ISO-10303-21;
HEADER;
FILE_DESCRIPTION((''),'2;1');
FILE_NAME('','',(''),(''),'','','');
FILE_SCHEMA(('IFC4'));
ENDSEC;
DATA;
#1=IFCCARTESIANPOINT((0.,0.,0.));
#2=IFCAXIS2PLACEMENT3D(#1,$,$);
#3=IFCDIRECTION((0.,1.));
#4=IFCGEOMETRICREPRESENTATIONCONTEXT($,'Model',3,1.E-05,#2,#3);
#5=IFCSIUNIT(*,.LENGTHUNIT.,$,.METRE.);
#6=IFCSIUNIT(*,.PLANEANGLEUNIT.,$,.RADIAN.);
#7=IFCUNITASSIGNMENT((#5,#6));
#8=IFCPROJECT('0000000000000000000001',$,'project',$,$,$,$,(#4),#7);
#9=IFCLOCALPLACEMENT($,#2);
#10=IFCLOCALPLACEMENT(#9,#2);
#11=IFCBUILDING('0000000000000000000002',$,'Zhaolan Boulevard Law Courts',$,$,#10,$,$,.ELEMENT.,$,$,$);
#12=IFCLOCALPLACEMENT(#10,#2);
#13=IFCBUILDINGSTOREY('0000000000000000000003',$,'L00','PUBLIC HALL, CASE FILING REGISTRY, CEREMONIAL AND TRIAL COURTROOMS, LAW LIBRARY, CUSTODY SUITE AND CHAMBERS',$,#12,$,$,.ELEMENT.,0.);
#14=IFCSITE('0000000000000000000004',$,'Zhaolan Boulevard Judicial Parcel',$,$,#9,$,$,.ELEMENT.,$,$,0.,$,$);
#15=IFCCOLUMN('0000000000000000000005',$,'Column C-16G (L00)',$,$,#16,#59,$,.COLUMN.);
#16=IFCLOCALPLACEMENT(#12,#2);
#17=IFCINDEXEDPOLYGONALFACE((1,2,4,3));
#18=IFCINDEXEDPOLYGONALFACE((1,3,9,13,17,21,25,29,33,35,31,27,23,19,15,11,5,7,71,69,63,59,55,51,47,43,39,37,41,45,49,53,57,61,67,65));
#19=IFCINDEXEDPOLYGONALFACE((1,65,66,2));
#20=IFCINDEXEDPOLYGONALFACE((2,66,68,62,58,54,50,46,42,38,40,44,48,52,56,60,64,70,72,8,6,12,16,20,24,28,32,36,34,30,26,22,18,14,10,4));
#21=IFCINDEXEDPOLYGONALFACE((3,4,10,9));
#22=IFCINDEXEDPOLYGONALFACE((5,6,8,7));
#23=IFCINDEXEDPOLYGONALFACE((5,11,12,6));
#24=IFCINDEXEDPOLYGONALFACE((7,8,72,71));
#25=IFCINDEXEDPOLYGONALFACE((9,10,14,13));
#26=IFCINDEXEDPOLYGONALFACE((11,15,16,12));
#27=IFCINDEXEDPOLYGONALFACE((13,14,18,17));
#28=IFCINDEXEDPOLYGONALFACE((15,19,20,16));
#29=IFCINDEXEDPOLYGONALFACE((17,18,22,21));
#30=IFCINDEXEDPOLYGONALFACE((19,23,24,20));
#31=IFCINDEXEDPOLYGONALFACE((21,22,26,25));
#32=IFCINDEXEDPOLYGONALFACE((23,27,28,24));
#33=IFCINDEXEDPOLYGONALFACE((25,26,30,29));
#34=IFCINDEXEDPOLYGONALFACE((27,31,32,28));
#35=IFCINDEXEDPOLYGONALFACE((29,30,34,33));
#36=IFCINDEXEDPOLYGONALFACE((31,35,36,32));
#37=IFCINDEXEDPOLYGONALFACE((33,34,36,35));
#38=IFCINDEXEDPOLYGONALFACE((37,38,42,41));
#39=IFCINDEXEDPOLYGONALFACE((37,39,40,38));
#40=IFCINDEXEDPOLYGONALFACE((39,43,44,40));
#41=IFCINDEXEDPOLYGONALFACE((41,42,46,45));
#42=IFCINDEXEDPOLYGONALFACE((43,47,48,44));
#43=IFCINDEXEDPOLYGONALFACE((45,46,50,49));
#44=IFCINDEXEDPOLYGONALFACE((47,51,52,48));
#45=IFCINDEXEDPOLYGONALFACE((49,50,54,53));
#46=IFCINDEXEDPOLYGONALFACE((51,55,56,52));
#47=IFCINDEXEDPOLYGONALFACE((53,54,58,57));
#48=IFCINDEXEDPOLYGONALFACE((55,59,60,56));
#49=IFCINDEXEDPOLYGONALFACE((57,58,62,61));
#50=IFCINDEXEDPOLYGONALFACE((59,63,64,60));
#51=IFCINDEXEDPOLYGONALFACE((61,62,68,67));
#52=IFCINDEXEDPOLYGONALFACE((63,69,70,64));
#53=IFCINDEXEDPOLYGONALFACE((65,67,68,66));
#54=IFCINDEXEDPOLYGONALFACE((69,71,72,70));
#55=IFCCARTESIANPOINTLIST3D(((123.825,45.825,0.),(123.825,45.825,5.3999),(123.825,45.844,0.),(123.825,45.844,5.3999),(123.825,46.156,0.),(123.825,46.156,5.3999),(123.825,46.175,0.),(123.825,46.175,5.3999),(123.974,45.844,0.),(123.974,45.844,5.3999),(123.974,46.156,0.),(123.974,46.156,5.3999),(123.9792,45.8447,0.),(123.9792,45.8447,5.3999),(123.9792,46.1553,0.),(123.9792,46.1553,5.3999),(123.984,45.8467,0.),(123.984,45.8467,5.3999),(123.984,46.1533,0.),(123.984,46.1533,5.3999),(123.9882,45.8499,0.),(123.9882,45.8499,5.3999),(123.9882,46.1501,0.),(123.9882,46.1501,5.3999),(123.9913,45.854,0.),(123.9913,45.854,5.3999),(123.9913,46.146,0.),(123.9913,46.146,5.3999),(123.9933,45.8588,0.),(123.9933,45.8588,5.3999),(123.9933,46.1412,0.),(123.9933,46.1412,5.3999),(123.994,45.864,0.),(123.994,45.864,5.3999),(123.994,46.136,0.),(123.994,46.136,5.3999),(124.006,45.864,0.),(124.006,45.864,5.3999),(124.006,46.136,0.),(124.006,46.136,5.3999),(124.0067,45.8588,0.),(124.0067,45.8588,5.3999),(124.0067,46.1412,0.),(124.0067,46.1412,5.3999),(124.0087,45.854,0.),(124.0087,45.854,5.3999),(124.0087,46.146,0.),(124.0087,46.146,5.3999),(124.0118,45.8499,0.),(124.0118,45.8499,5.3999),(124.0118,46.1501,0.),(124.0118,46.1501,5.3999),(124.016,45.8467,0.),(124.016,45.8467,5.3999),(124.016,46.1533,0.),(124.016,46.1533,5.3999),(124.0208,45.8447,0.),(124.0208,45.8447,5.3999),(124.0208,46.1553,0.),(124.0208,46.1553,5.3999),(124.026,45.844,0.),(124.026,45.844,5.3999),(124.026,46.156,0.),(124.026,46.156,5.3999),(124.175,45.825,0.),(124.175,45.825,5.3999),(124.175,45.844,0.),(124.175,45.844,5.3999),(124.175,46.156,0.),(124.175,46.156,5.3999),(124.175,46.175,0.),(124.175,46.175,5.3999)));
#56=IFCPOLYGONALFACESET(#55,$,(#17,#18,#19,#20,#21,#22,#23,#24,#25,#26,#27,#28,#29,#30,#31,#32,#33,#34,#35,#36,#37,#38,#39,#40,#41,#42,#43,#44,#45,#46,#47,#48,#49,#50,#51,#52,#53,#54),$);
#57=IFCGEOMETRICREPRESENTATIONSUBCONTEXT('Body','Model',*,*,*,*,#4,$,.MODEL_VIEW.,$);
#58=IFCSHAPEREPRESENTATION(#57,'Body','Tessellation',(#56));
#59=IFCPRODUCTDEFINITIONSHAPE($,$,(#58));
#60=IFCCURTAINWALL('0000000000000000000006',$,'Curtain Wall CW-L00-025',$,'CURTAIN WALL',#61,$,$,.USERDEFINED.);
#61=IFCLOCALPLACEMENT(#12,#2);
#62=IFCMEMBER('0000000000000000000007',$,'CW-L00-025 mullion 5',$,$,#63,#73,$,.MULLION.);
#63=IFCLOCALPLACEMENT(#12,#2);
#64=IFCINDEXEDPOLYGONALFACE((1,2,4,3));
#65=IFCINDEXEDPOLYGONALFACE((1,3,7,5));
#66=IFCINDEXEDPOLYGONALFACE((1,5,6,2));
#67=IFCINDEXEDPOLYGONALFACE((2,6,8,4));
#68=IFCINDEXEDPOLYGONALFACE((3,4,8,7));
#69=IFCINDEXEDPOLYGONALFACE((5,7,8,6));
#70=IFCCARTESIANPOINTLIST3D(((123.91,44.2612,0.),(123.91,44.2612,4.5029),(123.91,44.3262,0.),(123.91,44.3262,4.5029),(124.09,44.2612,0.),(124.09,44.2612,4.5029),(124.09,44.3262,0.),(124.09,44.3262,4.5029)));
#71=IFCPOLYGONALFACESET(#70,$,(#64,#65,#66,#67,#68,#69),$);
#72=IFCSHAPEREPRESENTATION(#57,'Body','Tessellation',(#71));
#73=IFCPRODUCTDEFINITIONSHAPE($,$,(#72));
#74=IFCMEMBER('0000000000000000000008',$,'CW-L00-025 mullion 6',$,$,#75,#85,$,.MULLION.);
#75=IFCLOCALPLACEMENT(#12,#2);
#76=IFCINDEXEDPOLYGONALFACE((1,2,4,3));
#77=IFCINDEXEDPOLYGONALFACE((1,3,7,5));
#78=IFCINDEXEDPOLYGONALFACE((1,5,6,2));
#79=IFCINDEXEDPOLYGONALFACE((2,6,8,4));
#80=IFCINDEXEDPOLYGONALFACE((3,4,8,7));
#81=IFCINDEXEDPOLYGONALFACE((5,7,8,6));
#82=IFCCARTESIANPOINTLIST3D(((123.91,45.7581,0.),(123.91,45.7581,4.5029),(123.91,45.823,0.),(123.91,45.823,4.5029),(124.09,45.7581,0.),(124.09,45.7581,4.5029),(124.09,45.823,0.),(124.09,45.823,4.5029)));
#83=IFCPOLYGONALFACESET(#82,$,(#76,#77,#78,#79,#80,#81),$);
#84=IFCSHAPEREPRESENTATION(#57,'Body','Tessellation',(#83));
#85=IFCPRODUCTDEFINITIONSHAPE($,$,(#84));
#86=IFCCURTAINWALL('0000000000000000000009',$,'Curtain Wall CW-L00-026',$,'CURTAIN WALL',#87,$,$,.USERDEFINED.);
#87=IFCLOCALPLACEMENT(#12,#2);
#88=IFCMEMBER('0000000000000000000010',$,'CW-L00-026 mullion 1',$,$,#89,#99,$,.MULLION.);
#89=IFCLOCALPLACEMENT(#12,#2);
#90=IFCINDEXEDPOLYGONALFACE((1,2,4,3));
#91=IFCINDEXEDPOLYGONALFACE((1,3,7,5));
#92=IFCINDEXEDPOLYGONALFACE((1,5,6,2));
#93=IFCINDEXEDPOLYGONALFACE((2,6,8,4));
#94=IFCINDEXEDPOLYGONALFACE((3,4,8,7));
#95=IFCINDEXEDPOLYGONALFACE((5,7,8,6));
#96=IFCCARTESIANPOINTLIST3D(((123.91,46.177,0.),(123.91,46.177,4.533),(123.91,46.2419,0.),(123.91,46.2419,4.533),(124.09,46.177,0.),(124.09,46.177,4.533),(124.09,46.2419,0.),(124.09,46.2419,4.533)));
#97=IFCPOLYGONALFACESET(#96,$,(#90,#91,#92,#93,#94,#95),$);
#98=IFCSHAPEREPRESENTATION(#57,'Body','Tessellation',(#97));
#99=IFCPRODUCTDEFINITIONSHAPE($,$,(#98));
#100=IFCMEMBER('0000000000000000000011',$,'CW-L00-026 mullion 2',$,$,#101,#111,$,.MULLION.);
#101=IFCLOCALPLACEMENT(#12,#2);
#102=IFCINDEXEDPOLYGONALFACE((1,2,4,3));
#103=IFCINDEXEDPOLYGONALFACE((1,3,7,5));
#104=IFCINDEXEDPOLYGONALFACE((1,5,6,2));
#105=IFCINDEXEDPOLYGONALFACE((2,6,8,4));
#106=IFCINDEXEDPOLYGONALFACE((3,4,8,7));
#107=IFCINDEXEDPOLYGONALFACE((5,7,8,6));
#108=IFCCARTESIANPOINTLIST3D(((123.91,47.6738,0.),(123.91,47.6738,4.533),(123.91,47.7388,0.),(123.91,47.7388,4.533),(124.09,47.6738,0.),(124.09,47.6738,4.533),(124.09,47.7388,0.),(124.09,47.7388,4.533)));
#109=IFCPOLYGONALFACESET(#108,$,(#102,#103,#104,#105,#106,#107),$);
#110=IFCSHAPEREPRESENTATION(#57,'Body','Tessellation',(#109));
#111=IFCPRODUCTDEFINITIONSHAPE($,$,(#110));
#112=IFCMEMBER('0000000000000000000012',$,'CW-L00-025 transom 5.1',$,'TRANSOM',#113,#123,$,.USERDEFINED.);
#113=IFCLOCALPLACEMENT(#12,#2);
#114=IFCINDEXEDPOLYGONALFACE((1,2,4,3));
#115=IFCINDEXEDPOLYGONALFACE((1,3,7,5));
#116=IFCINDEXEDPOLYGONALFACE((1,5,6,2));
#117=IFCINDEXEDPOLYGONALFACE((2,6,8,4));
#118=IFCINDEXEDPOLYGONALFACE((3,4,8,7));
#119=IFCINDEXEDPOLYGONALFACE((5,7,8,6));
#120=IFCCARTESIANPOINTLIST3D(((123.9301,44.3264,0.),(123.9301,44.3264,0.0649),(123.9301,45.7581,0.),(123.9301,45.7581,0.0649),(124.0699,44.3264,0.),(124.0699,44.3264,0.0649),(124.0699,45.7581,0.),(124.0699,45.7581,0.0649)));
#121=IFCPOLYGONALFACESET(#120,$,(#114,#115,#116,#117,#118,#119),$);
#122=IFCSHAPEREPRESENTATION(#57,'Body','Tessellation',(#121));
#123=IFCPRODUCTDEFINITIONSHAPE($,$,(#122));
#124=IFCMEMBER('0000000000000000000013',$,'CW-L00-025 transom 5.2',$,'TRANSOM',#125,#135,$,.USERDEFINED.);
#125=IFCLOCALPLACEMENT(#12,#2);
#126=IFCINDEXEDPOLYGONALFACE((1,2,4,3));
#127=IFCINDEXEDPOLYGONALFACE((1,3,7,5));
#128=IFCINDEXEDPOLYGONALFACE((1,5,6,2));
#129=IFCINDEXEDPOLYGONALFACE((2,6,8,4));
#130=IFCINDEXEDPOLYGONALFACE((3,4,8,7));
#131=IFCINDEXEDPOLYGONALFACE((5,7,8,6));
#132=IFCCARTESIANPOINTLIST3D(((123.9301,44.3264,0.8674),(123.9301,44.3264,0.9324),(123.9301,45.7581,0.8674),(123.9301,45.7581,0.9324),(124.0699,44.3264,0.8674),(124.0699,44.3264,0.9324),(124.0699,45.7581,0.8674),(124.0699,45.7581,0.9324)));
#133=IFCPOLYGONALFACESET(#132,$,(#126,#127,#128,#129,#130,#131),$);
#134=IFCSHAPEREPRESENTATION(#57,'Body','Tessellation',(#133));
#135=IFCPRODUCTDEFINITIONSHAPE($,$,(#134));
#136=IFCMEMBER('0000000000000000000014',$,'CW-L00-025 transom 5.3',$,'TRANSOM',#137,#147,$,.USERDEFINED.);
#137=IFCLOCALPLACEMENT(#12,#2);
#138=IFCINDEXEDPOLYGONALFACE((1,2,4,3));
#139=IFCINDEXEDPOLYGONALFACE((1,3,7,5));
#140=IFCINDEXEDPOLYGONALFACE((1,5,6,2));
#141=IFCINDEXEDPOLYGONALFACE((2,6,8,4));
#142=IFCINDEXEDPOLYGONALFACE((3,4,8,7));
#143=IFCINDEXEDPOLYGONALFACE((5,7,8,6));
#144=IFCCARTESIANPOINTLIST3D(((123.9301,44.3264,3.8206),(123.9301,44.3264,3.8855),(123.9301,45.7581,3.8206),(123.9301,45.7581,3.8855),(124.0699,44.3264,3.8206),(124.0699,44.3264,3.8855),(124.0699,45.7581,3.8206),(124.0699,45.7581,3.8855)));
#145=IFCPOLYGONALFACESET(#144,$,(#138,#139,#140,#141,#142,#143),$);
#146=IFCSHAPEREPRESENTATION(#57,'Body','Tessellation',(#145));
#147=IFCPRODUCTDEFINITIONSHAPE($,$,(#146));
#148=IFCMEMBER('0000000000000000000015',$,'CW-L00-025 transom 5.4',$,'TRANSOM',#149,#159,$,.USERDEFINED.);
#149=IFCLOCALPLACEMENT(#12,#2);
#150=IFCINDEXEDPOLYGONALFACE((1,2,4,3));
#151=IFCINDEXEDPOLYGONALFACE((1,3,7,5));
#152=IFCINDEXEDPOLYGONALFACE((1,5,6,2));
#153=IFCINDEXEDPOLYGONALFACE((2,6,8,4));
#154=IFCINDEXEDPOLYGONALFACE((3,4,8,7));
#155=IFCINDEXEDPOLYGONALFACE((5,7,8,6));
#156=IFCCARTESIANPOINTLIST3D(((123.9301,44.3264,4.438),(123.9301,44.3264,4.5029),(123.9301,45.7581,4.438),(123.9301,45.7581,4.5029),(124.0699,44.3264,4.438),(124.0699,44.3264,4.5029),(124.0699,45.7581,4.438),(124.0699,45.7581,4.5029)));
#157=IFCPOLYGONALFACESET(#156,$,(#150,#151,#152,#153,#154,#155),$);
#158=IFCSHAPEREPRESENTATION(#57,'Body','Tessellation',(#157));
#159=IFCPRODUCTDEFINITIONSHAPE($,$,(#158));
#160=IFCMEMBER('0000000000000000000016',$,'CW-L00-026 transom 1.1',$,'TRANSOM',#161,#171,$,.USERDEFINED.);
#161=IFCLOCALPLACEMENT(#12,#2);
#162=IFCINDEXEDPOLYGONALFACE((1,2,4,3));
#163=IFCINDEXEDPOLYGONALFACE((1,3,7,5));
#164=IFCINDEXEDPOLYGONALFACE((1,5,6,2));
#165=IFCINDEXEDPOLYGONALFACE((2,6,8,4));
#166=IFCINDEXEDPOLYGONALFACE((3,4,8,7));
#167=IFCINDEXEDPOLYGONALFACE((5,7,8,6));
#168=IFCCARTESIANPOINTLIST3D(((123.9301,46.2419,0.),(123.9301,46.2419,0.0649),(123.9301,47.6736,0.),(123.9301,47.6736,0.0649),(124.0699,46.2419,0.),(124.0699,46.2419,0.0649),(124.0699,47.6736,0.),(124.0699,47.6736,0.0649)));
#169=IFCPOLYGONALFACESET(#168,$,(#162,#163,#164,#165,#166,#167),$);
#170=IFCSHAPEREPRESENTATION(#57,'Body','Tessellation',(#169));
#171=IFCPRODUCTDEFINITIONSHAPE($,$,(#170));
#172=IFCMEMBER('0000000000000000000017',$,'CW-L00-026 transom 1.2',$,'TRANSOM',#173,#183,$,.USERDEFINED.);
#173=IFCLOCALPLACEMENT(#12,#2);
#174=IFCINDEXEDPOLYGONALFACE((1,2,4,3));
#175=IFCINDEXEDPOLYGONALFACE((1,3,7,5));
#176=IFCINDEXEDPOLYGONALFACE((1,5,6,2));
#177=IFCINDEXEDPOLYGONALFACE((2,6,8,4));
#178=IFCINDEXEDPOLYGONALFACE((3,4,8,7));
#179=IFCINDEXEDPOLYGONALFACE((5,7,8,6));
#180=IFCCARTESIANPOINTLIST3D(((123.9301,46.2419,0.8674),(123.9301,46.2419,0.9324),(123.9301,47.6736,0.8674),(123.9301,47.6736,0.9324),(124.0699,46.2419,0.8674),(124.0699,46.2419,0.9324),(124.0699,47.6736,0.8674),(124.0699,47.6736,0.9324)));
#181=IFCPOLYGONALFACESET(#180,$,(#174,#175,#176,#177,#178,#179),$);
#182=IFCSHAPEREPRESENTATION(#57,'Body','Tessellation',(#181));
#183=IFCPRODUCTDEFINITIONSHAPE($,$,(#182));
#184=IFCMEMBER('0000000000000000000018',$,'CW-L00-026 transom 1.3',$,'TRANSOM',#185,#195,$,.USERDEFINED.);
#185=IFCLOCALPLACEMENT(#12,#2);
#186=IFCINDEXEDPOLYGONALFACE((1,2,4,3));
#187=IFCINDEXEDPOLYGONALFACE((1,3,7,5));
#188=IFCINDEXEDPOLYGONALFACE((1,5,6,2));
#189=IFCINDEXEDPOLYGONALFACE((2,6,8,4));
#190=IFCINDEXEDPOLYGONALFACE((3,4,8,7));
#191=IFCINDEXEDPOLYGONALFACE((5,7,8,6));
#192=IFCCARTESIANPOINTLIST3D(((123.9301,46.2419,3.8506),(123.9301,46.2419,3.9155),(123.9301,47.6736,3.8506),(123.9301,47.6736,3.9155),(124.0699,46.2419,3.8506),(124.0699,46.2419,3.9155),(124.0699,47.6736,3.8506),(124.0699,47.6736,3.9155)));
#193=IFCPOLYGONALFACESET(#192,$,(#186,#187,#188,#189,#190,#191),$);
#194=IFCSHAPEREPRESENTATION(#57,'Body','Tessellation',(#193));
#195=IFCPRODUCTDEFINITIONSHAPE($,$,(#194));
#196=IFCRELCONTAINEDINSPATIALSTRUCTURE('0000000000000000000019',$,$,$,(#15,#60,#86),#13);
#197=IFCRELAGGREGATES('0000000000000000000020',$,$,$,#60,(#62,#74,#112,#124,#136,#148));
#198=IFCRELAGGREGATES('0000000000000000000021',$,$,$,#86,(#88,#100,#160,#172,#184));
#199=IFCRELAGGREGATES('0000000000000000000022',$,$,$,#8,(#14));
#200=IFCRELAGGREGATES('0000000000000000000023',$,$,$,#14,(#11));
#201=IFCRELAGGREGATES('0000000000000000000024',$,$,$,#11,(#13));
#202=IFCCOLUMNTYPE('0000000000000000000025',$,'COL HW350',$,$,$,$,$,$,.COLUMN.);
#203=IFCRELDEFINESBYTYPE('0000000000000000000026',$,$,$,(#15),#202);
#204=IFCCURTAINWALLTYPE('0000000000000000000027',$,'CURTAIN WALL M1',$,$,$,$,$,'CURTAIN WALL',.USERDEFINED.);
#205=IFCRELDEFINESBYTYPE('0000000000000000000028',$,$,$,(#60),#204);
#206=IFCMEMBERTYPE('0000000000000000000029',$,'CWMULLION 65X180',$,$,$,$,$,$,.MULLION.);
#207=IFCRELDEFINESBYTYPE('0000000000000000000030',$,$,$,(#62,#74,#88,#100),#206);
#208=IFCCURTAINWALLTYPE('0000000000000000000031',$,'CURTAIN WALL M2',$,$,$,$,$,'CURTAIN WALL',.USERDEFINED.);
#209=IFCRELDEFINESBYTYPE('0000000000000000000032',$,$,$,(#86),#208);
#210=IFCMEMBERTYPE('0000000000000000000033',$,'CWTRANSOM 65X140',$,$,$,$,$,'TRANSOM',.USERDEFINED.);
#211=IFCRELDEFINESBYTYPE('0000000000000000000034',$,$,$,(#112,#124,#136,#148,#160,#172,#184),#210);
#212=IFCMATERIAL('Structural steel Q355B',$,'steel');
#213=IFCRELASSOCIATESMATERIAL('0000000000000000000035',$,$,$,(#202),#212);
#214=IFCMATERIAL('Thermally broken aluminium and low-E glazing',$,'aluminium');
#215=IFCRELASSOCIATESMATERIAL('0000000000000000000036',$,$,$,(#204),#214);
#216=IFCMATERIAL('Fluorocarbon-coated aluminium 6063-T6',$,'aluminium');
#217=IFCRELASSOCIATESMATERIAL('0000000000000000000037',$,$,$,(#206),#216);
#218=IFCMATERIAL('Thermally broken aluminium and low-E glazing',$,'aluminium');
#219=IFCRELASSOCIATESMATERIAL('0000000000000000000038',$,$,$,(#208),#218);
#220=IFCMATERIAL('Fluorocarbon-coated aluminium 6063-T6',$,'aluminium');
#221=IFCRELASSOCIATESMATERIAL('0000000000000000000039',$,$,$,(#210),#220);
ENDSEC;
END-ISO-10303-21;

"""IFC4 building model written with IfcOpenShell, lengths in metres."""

from ifc_helpers import new_model, si_unit, direction, frame, origin, origin_2d, place, context, subcontext, project, spatial, rectangle, i_section, extrude, material, material_profile, profile_set, type_object, element, aggregate, save


model = new_model("IFC4")

# Units and contexts
model_context = context("Model", 3, precision=1e-05, world=origin(), true_north=direction((0.0, 1.0)))
body_context = subcontext(model_context, "Body", "Model", "MODEL_VIEW")
ifc_project = project(units=[si_unit("LENGTHUNIT", "METRE"), si_unit("PLANEANGLEUNIT", "RADIAN")], contexts=[model_context])

# Site, building, storey
site_placement = place(None, origin())
site = spatial("IfcSite", under=ifc_project, at=site_placement, Name="Zhaolan Boulevard Judicial Parcel", CompositionType="ELEMENT", RefElevation=0.0)
building_placement = place(site_placement, origin())
building = spatial("IfcBuilding", under=site, at=building_placement, Name="Zhaolan Boulevard Law Courts", CompositionType="ELEMENT")
storey_placement = place(building_placement, origin())
storey = spatial("IfcBuildingStorey", under=building, at=storey_placement, Name="L00", Description="PUBLIC HALL, CASE FILING REGISTRY, CEREMONIAL AND TRIAL COURTROOMS, LAW LIBRARY, CUSTODY SUITE AND CHAMBERS", CompositionType="ELEMENT", Elevation=0.0)

# Column
ifc_material_1 = material(Name="Structural steel Q355B", Category="steel")
ifc_material_profile_1 = material_profile(ifc_material_1, i_section(OverallWidth=0.3501, OverallDepth=0.3501, WebThickness=0.012, FlangeThickness=0.019, FilletRadius=0.02, at=origin_2d()), Name="HW350x350")
ifc_profile_set_1 = profile_set([ifc_material_profile_1], Name="Structural steel Q355B")
column_type = type_object("IfcColumnType", Name="COL HW350", PredefinedType="COLUMN", material=ifc_profile_set_1)
column_placement = place(storey_placement, frame((124.0, 46.0, 0.0), z_axis=(0.0, 0.0, 1.0), x_axis=(1.0, 0.0, 0.0)))
element("IfcColumn", 1, at=column_placement, inside=storey, type_object=column_type, Name="Column C-16G (L00)", PredefinedType="COLUMN", context=body_context, shape_type="SweptSolid", body=[
    extrude(i_section(OverallWidth=0.3501, OverallDepth=0.3501, WebThickness=0.012, FlangeThickness=0.019, FilletRadius=0.02, at=origin_2d()), origin(), (0.0, 0.0, 1.0), 5.3999),
])

# Curtain walls, members
ifc_material_2 = material(Name="Thermally broken aluminium and low-E glazing", Category="aluminium")
curtain_wall_type_1 = type_object("IfcCurtainWallType", Name="CURTAIN WALL M1", ElementType="CURTAIN WALL", PredefinedType="USERDEFINED", material=ifc_material_2)
curtain_wall_1_placement = place(storey_placement, origin())
curtain_wall_1 = element("IfcCurtainWall", 2, at=curtain_wall_1_placement, inside=storey, type_object=curtain_wall_type_1, Name="Curtain Wall CW-L00-025", ObjectType="CURTAIN WALL", PredefinedType="USERDEFINED")
ifc_material_3 = material(Name="Fluorocarbon-coated aluminium 6063-T6", Category="aluminium")
ifc_material_profile_2 = material_profile(ifc_material_3, rectangle(XDim=0.1799, YDim=0.0649, at=origin_2d()), Name="AL65x180")
ifc_profile_set_2 = profile_set([ifc_material_profile_2], Name="Fluorocarbon-coated aluminium 6063-T6")
member_type_1 = type_object("IfcMemberType", Name="CWMULLION 65X180", PredefinedType="MULLION", material=ifc_profile_set_2)
member_1_placement = place(storey_placement, frame((124.0, 44.2937, 0.0), z_axis=(0.0, 0.0, 1.0), x_axis=(-1.0, 0.0, 0.0)))
member_1 = element("IfcMember", 3, at=member_1_placement, type_object=member_type_1, Name="CW-L00-025 mullion 5", PredefinedType="MULLION", context=body_context, shape_type="SweptSolid", body=[
    extrude(rectangle(XDim=0.1799, YDim=0.0649, at=origin_2d()), origin(), (0.0, 0.0, 1.0), 4.5029),
])
member_2_placement = place(storey_placement, frame((124.0, 45.7905, 0.0), z_axis=(0.0, 0.0, 1.0), x_axis=(-1.0, 0.0, 0.0)))
member_2 = element("IfcMember", 4, at=member_2_placement, type_object=member_type_1, Name="CW-L00-025 mullion 6", PredefinedType="MULLION", context=body_context, shape_type="SweptSolid", body=[
    extrude(rectangle(XDim=0.1799, YDim=0.0649, at=origin_2d()), origin(), (0.0, 0.0, 1.0), 4.5029),
])
ifc_material_4 = material(Name="Thermally broken aluminium and low-E glazing", Category="aluminium")
curtain_wall_type_2 = type_object("IfcCurtainWallType", Name="CURTAIN WALL M2", ElementType="CURTAIN WALL", PredefinedType="USERDEFINED", material=ifc_material_4)
curtain_wall_2_placement = place(storey_placement, origin())
curtain_wall_2 = element("IfcCurtainWall", 5, at=curtain_wall_2_placement, inside=storey, type_object=curtain_wall_type_2, Name="Curtain Wall CW-L00-026", ObjectType="CURTAIN WALL", PredefinedType="USERDEFINED")
member_3_placement = place(storey_placement, frame((124.0, 46.2095, 0.0), z_axis=(0.0, 0.0, 1.0), x_axis=(-1.0, 0.0, 0.0)))
member_3 = element("IfcMember", 6, at=member_3_placement, type_object=member_type_1, Name="CW-L00-026 mullion 1", PredefinedType="MULLION", context=body_context, shape_type="SweptSolid", body=[
    extrude(rectangle(XDim=0.1799, YDim=0.0649, at=origin_2d()), origin(), (0.0, 0.0, 1.0), 4.533),
])
member_4_placement = place(storey_placement, frame((124.0, 47.7063, 0.0), z_axis=(0.0, 0.0, 1.0), x_axis=(-1.0, 0.0, 0.0)))
member_4 = element("IfcMember", 7, at=member_4_placement, type_object=member_type_1, Name="CW-L00-026 mullion 2", PredefinedType="MULLION", context=body_context, shape_type="SweptSolid", body=[
    extrude(rectangle(XDim=0.1799, YDim=0.0649, at=origin_2d()), origin(), (0.0, 0.0, 1.0), 4.533),
])

# Members
ifc_material_5 = material(Name="Fluorocarbon-coated aluminium 6063-T6", Category="aluminium")
ifc_material_profile_3 = material_profile(ifc_material_5, rectangle(XDim=0.1399, YDim=0.0649, at=origin_2d()), Name="AL65x140")
ifc_profile_set_3 = profile_set([ifc_material_profile_3], Name="Fluorocarbon-coated aluminium 6063-T6")
member_type_2 = type_object("IfcMemberType", Name="CWTRANSOM 65X140", ElementType="TRANSOM", PredefinedType="USERDEFINED", material=ifc_profile_set_3)
member_5_placement = place(storey_placement, frame((124.0, 44.3264, 0.0325), z_axis=(0.0, 1.0, 0.0), x_axis=(-1.0, 0.0, 0.0)))
member_5 = element("IfcMember", 8, at=member_5_placement, type_object=member_type_2, Name="CW-L00-025 transom 5.1", ObjectType="TRANSOM", PredefinedType="USERDEFINED", context=body_context, shape_type="SweptSolid", body=[
    extrude(rectangle(XDim=0.1399, YDim=0.0649, at=origin_2d()), origin(), (0.0, 0.0, 1.0), 1.4316),
])
member_6_placement = place(storey_placement, frame((124.0, 44.3264, 0.8999), z_axis=(0.0, 1.0, 0.0), x_axis=(-1.0, 0.0, 0.0)))
member_6 = element("IfcMember", 9, at=member_6_placement, type_object=member_type_2, Name="CW-L00-025 transom 5.2", ObjectType="TRANSOM", PredefinedType="USERDEFINED", context=body_context, shape_type="SweptSolid", body=[
    extrude(rectangle(XDim=0.1399, YDim=0.0649, at=origin_2d()), origin(), (0.0, 0.0, 1.0), 1.4316),
])
member_7_placement = place(storey_placement, frame((124.0, 44.3264, 3.853), z_axis=(0.0, 1.0, 0.0), x_axis=(-1.0, 0.0, 0.0)))
member_7 = element("IfcMember", 10, at=member_7_placement, type_object=member_type_2, Name="CW-L00-025 transom 5.3", ObjectType="TRANSOM", PredefinedType="USERDEFINED", context=body_context, shape_type="SweptSolid", body=[
    extrude(rectangle(XDim=0.1399, YDim=0.0649, at=origin_2d()), origin(), (0.0, 0.0, 1.0), 1.4316),
])
member_8_placement = place(storey_placement, frame((124.0, 44.3264, 4.4705), z_axis=(0.0, 1.0, 0.0), x_axis=(-1.0, 0.0, 0.0)))
member_8 = element("IfcMember", 11, at=member_8_placement, type_object=member_type_2, Name="CW-L00-025 transom 5.4", ObjectType="TRANSOM", PredefinedType="USERDEFINED", context=body_context, shape_type="SweptSolid", body=[
    extrude(rectangle(XDim=0.1399, YDim=0.0649, at=origin_2d()), origin(), (0.0, 0.0, 1.0), 1.4316),
])
member_9_placement = place(storey_placement, frame((124.0, 46.2419, 0.0325), z_axis=(0.0, 1.0, 0.0), x_axis=(-1.0, 0.0, 0.0)))
member_9 = element("IfcMember", 12, at=member_9_placement, type_object=member_type_2, Name="CW-L00-026 transom 1.1", ObjectType="TRANSOM", PredefinedType="USERDEFINED", context=body_context, shape_type="SweptSolid", body=[
    extrude(rectangle(XDim=0.1399, YDim=0.0649, at=origin_2d()), origin(), (0.0, 0.0, 1.0), 1.4316),
])
member_10_placement = place(storey_placement, frame((124.0, 46.2419, 0.8999), z_axis=(0.0, 1.0, 0.0), x_axis=(-1.0, 0.0, 0.0)))
member_10 = element("IfcMember", 13, at=member_10_placement, type_object=member_type_2, Name="CW-L00-026 transom 1.2", ObjectType="TRANSOM", PredefinedType="USERDEFINED", context=body_context, shape_type="SweptSolid", body=[
    extrude(rectangle(XDim=0.1399, YDim=0.0649, at=origin_2d()), origin(), (0.0, 0.0, 1.0), 1.4316),
])
member_11_placement = place(storey_placement, frame((124.0, 46.2419, 3.8831), z_axis=(0.0, 1.0, 0.0), x_axis=(-1.0, 0.0, 0.0)))
member_11 = element("IfcMember", 14, at=member_11_placement, type_object=member_type_2, Name="CW-L00-026 transom 1.3", ObjectType="TRANSOM", PredefinedType="USERDEFINED", context=body_context, shape_type="SweptSolid", body=[
    extrude(rectangle(XDim=0.1399, YDim=0.0649, at=origin_2d()), origin(), (0.0, 0.0, 1.0), 1.4316),
])

aggregate(curtain_wall_1, [member_1, member_2, member_5, member_6, member_7, member_8])
aggregate(curtain_wall_2, [member_3, member_4, member_9, member_10, member_11])

save(model, "model.ifc")
